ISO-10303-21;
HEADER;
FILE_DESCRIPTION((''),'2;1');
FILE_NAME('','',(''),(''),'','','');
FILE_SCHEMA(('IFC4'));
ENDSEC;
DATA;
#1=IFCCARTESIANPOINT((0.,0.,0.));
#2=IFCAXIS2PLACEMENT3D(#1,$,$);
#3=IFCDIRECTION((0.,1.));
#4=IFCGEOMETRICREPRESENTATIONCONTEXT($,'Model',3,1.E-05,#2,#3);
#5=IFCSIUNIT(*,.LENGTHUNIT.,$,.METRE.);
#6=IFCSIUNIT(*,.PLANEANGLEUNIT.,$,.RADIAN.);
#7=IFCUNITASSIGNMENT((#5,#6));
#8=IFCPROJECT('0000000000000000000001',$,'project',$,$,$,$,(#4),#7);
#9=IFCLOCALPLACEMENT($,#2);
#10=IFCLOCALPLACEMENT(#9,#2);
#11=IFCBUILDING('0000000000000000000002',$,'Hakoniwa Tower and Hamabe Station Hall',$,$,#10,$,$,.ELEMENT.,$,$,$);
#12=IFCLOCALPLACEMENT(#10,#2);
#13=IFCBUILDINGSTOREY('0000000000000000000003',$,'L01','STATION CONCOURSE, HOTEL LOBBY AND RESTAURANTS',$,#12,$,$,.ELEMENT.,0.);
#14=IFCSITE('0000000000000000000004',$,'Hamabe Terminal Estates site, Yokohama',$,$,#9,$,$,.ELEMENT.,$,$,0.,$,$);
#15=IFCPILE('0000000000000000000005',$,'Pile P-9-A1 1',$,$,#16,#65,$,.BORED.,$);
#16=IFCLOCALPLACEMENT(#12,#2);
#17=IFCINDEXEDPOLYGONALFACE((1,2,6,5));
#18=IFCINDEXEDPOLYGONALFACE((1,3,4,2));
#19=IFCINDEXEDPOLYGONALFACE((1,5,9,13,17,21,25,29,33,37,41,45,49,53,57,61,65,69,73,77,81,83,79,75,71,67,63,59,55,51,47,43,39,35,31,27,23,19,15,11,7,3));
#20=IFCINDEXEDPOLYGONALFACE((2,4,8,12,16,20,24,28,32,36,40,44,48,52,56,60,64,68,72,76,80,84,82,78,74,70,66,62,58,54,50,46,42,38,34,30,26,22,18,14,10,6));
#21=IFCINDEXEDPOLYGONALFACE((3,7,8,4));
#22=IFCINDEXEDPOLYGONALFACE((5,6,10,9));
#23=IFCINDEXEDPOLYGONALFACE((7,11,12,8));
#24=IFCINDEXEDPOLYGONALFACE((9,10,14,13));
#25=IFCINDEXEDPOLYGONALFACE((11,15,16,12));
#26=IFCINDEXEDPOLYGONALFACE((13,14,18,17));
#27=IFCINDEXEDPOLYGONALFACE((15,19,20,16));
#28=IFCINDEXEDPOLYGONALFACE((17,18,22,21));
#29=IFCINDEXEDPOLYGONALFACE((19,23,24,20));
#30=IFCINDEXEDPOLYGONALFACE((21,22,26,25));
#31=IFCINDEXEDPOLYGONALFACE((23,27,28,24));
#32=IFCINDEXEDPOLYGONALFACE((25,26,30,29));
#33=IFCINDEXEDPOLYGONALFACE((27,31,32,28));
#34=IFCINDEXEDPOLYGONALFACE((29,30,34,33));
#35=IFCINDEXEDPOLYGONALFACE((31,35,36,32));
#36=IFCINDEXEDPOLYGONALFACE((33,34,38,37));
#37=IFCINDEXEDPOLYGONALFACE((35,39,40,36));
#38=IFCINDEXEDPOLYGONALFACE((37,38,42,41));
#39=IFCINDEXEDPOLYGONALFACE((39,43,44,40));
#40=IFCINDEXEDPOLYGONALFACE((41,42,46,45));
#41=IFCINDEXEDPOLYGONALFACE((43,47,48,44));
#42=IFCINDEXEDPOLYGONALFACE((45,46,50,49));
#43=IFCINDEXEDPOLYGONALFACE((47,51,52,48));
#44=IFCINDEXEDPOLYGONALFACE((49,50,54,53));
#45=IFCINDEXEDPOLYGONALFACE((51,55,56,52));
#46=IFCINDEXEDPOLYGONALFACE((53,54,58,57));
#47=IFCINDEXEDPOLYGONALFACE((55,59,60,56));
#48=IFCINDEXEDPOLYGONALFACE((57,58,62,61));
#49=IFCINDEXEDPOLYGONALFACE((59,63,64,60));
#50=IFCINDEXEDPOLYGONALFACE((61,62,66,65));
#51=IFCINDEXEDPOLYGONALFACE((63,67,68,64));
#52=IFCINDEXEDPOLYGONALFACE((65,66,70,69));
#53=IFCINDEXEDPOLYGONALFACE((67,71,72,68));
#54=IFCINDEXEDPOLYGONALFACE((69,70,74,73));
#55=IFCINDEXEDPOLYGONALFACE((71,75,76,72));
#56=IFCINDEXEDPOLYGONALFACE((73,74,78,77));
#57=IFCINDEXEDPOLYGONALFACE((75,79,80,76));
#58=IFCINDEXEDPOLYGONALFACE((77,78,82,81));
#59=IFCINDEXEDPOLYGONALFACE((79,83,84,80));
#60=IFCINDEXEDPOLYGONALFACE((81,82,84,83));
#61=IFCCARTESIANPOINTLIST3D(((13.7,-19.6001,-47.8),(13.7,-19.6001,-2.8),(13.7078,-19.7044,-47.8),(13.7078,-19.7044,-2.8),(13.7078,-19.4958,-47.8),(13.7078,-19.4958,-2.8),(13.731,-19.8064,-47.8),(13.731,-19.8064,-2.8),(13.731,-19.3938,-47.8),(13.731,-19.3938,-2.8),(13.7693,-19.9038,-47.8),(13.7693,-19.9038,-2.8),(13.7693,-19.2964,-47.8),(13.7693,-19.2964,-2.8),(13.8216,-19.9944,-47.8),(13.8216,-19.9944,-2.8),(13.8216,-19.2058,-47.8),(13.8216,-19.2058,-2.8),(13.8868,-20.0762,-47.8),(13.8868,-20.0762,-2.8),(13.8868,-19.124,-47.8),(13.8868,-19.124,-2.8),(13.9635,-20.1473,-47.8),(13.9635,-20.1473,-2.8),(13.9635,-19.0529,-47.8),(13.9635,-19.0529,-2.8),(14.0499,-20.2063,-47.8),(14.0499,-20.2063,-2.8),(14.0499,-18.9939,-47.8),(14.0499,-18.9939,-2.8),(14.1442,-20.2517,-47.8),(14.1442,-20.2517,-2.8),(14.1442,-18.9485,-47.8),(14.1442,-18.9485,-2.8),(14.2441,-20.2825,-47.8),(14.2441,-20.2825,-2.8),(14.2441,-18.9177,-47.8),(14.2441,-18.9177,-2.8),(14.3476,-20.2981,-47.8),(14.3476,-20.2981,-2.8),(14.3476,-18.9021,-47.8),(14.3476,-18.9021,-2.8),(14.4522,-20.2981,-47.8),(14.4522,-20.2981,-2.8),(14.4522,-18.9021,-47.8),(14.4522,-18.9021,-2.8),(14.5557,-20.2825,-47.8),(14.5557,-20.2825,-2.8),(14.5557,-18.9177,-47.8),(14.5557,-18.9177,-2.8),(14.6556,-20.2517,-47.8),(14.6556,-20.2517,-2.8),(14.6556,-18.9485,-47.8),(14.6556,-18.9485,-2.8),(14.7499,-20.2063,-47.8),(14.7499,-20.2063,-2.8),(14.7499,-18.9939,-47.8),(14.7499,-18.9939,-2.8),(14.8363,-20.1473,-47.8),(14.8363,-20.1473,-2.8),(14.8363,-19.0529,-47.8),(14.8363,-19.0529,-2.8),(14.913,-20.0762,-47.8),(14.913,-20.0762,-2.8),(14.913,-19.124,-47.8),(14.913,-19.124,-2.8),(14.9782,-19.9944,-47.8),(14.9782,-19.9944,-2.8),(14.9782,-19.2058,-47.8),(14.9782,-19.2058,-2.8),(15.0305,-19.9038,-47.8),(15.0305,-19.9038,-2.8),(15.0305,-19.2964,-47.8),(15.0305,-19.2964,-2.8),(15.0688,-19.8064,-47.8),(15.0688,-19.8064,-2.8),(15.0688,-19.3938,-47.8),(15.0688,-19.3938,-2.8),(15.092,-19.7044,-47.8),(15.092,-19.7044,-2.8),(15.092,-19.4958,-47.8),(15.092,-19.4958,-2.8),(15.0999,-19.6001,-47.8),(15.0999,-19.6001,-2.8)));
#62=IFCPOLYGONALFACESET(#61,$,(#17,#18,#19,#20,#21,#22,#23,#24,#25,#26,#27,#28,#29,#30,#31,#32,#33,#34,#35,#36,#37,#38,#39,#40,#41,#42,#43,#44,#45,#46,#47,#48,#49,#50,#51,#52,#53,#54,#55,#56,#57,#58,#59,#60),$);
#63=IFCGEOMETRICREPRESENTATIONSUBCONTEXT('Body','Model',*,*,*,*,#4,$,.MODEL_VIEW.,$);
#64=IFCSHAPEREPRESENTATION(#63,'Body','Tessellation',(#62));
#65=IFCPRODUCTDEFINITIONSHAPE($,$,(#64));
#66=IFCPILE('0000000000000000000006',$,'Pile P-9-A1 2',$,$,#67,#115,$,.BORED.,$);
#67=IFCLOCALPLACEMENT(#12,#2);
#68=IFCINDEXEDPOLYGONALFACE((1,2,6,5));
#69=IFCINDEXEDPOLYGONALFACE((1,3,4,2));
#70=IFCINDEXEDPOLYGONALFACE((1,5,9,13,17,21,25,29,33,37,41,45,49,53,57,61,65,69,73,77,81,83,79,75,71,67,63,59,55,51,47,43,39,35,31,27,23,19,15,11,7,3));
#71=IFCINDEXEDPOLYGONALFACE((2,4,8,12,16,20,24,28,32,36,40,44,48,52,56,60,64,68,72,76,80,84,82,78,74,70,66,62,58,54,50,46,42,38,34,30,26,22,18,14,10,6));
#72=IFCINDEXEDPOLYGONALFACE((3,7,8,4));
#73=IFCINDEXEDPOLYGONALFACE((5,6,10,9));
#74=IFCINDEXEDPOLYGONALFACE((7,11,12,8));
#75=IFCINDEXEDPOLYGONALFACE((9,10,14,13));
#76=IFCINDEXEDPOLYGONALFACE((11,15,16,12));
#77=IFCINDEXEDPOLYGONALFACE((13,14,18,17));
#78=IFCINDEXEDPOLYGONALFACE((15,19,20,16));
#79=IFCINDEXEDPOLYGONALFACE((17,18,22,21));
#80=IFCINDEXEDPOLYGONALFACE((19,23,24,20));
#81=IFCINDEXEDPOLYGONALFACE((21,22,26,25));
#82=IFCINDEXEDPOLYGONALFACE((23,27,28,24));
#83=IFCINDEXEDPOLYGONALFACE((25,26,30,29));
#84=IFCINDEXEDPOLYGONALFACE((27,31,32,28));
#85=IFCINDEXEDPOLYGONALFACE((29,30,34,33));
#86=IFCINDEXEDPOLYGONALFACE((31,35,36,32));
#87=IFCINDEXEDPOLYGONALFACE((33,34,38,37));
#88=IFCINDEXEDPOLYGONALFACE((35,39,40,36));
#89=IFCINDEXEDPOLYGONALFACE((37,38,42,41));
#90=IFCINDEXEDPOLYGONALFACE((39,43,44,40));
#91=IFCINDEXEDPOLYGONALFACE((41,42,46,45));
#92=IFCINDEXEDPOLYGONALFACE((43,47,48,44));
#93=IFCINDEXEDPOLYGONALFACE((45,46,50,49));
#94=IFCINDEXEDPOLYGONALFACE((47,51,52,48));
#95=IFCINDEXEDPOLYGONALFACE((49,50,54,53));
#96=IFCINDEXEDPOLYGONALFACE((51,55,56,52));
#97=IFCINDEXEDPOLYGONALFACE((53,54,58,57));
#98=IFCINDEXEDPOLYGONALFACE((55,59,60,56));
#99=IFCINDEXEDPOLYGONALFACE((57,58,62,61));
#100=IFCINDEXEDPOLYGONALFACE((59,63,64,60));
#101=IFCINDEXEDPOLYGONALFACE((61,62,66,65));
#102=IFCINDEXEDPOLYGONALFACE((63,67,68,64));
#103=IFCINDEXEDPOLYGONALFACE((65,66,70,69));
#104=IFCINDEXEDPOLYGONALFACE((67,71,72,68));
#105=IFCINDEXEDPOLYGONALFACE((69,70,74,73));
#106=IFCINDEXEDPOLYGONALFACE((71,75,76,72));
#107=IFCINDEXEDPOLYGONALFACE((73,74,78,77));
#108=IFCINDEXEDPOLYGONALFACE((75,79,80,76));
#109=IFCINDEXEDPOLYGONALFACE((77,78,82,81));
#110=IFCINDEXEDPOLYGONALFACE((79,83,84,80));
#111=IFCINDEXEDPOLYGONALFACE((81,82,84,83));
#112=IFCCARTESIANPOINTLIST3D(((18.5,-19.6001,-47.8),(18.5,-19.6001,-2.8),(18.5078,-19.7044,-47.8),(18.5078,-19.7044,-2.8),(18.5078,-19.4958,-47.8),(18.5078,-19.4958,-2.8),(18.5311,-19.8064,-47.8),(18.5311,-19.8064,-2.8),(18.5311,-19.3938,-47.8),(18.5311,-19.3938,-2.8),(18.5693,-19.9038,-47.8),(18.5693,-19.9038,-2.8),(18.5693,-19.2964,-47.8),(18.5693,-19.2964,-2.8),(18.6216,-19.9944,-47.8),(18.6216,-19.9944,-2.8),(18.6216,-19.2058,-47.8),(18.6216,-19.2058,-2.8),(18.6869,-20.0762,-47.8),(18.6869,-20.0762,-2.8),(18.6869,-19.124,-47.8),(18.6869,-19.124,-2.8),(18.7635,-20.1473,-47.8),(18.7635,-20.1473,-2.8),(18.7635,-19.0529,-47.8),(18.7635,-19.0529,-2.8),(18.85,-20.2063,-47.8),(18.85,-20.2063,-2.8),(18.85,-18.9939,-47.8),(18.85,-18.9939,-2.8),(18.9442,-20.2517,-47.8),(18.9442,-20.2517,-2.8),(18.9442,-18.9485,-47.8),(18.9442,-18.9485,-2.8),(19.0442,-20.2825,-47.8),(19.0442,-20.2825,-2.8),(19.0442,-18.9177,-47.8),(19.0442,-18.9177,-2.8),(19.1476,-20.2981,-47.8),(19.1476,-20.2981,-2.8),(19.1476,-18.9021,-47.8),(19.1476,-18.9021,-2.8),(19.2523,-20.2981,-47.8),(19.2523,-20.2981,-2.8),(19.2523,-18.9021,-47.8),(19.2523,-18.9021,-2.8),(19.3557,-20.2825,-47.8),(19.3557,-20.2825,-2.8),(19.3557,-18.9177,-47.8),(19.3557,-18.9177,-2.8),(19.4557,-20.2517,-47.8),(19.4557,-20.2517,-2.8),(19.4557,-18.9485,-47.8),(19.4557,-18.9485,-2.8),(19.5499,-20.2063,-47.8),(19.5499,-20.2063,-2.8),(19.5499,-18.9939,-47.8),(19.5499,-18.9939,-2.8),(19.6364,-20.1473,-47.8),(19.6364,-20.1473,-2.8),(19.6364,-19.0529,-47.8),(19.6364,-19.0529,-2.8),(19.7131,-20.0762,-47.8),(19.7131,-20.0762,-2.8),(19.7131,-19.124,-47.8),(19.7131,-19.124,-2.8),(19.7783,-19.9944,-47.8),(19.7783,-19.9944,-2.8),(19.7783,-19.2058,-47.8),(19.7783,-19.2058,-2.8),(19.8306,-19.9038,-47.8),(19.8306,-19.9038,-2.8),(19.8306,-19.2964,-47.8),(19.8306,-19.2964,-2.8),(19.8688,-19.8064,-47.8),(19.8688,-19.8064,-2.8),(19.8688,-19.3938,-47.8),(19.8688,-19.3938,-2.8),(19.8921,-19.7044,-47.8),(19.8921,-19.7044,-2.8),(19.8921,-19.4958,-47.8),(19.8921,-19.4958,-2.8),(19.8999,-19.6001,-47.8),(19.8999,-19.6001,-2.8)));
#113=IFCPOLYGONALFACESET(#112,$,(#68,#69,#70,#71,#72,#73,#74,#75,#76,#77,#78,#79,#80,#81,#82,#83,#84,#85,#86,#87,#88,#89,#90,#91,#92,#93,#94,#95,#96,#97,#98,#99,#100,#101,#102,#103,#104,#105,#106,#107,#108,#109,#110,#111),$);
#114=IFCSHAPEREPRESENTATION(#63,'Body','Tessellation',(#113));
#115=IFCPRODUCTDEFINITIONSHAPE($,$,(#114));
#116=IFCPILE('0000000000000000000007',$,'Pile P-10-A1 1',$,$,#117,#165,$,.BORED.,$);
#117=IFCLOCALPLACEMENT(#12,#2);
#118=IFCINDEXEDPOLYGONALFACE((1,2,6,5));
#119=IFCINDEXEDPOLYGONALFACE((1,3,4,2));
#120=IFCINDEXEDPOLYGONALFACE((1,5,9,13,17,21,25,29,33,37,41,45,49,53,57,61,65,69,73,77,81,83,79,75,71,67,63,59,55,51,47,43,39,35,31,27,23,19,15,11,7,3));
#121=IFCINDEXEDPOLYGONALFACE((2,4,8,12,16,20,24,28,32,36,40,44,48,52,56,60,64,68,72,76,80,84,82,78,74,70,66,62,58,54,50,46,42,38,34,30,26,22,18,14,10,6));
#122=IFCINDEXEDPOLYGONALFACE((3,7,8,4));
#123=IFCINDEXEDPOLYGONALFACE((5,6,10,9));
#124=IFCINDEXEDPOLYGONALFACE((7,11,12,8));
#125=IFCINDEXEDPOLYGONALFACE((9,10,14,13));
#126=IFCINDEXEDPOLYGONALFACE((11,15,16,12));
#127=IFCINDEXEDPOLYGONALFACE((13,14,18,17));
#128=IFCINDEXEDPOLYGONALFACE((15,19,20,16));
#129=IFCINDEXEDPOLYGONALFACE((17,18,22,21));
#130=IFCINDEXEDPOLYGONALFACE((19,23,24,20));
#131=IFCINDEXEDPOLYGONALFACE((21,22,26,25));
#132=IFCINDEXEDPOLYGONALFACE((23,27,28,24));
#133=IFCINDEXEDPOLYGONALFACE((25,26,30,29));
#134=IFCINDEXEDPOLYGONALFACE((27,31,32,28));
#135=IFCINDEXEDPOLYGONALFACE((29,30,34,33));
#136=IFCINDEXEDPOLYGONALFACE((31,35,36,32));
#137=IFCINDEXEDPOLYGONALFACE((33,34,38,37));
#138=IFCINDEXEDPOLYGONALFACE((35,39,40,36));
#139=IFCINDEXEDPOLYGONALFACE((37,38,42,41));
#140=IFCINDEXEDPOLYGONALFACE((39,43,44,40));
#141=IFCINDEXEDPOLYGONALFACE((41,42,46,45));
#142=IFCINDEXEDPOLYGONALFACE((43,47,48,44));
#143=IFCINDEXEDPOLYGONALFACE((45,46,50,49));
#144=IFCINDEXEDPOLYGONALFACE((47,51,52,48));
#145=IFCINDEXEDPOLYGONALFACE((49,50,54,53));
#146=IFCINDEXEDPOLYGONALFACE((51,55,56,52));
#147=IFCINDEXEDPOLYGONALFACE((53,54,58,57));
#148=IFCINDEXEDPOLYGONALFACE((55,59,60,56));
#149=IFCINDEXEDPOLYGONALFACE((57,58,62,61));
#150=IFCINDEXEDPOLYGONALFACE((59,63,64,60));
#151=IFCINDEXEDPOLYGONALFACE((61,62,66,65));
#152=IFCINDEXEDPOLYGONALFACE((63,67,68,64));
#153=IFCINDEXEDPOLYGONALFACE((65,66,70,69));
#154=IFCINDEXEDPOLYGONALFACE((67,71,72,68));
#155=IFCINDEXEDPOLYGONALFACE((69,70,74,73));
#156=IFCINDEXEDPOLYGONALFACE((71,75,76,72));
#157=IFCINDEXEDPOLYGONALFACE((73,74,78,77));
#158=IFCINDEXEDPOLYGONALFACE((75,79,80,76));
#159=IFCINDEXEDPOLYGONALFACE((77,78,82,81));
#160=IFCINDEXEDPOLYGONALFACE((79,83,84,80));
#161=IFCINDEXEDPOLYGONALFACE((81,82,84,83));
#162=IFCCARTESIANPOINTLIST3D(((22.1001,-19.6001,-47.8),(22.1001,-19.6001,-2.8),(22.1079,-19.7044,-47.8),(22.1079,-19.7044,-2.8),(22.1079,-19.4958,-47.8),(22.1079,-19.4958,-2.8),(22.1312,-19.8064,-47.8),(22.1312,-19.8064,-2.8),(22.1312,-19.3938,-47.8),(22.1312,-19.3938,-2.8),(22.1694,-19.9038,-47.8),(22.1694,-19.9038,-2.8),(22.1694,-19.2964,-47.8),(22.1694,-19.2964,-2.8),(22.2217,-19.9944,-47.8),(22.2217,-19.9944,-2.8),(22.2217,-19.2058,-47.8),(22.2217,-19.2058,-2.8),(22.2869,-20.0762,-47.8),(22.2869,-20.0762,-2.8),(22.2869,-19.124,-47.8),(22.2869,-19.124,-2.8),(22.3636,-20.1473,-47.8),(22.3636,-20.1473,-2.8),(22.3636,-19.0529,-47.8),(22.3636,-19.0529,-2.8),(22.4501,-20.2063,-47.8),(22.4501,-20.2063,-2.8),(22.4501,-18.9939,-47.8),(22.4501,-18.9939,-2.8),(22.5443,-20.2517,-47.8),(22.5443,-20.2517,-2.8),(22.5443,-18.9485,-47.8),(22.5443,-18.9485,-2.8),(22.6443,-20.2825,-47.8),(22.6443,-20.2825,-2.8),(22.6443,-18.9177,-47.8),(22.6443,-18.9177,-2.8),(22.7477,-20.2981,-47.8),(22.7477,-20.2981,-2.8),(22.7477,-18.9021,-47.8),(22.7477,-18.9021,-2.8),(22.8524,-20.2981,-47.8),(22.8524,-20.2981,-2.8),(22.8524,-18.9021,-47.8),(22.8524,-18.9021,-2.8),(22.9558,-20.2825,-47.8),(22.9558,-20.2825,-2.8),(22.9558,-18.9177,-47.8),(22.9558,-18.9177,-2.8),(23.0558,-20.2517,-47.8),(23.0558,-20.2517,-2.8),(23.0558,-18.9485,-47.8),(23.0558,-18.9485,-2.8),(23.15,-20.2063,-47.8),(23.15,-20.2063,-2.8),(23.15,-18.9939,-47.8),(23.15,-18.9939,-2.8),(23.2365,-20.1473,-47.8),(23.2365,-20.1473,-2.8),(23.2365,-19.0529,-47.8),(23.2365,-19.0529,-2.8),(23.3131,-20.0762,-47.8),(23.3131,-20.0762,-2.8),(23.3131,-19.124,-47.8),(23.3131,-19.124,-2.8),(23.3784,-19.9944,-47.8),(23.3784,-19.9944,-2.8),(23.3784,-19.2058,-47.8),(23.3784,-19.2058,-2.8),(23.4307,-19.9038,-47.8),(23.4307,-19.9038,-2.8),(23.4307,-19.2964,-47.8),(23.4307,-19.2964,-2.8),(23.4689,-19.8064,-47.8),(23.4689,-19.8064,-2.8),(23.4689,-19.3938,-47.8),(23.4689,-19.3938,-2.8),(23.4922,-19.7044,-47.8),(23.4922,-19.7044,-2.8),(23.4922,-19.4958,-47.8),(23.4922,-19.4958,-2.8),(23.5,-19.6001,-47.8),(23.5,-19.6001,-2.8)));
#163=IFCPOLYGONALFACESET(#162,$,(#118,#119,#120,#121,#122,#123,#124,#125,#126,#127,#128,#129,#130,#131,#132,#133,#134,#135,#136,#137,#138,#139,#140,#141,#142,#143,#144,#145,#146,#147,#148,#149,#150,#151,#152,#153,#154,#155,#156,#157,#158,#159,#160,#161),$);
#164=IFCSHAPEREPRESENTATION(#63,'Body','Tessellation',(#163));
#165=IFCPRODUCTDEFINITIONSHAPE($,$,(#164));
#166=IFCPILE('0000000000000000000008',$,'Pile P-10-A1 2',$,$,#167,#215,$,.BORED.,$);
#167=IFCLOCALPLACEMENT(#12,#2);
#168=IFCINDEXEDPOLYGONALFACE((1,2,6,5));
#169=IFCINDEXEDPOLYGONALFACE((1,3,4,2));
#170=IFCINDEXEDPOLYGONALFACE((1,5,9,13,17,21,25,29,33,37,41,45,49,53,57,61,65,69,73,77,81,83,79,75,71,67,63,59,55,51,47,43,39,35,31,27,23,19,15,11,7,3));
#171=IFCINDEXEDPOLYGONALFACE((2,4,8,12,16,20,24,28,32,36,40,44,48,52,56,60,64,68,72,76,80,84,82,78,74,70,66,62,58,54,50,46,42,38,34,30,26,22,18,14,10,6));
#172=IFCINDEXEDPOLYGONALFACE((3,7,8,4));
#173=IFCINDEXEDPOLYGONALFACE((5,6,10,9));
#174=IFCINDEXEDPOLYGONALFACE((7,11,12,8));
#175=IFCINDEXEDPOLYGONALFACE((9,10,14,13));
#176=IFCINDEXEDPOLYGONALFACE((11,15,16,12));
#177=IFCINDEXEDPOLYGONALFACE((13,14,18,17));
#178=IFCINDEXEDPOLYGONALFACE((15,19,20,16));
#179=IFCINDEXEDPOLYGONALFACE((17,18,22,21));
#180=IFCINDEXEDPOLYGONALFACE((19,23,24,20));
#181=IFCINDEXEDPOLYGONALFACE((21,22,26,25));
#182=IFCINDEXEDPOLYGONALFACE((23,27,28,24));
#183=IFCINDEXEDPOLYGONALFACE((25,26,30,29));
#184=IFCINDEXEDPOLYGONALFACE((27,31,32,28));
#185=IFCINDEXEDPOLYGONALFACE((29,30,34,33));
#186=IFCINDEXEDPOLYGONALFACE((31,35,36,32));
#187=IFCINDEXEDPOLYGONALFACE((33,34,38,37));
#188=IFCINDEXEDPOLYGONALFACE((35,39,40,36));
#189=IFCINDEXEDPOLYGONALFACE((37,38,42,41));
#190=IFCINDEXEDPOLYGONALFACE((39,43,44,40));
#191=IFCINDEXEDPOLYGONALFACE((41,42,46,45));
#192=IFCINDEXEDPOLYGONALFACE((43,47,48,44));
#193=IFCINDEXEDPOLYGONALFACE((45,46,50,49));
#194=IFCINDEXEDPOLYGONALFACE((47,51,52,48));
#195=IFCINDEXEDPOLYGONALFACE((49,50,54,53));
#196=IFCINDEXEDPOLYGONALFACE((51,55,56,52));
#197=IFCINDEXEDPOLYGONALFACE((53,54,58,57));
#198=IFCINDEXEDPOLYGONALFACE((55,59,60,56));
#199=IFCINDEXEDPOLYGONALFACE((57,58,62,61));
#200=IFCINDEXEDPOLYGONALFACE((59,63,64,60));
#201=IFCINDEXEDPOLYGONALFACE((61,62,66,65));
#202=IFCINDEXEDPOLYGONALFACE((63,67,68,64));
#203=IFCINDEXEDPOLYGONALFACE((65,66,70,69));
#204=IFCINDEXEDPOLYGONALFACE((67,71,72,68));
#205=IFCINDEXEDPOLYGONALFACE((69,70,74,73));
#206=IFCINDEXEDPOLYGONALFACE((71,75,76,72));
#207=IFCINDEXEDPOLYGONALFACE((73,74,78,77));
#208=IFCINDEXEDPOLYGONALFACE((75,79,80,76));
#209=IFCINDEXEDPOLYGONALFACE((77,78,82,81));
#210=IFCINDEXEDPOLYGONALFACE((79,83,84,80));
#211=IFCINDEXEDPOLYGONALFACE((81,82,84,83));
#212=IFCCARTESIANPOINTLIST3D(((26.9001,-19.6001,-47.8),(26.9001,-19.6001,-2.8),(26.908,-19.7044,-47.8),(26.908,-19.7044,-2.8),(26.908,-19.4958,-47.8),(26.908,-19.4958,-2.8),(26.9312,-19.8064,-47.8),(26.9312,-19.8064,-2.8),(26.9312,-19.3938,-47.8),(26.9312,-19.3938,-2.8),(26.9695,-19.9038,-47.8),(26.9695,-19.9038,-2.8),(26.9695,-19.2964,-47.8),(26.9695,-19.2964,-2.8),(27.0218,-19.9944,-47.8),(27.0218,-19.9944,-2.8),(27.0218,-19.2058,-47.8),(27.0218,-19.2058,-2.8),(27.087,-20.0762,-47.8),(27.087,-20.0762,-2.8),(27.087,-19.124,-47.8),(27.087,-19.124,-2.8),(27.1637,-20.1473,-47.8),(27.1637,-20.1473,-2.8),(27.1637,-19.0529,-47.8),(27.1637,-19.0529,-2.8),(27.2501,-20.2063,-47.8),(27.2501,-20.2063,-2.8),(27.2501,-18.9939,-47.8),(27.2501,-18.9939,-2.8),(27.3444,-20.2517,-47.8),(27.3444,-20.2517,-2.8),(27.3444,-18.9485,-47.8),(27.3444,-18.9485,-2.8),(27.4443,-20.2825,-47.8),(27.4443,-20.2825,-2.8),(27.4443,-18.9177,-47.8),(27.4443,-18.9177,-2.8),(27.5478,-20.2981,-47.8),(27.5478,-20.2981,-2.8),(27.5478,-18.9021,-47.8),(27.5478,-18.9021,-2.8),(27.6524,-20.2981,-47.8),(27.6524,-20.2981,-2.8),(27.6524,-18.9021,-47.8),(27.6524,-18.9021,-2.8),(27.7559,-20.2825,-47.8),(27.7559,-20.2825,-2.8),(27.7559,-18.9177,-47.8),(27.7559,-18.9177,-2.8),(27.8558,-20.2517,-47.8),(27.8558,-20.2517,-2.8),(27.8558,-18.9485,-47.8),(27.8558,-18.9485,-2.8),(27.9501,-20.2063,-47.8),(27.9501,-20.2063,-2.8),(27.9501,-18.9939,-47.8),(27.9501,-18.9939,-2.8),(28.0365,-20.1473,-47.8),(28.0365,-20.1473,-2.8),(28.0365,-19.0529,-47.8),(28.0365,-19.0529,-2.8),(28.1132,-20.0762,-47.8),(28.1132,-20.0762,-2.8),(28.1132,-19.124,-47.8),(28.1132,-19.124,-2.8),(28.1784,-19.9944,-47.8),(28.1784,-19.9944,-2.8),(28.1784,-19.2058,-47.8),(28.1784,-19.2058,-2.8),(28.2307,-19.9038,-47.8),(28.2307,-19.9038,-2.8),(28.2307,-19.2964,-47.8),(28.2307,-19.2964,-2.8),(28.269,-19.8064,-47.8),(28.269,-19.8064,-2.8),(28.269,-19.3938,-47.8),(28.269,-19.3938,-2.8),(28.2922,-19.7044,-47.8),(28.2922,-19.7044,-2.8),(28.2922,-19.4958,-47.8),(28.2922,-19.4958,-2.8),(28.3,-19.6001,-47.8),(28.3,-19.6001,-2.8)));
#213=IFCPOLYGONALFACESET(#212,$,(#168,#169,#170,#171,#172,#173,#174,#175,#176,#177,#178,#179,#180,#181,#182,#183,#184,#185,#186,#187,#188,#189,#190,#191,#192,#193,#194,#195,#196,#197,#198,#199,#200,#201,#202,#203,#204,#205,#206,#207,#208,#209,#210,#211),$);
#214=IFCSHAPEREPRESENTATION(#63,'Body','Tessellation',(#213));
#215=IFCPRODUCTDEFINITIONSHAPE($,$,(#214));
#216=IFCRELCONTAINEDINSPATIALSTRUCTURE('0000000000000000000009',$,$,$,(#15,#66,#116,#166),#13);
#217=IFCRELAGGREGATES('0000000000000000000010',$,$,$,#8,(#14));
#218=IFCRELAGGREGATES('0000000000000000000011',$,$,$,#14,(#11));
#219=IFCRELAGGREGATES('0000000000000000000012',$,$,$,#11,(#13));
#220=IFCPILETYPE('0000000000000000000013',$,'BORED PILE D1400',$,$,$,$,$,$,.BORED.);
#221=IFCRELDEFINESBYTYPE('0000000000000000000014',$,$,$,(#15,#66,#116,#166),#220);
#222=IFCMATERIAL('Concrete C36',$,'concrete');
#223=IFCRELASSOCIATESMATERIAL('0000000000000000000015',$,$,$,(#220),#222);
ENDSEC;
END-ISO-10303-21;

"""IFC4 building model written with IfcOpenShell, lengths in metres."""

from ifc_helpers import new_model, si_unit, direction, frame, origin, origin_2d, place, context, subcontext, project, spatial, circle, extrude, material, material_profile, profile_set, type_object, element, save


model = new_model("IFC4")

# Units and contexts
model_context = context("Model", 3, precision=1e-05, world=origin(), true_north=direction((0.0, 1.0)))
body_context = subcontext(model_context, "Body", "Model", "MODEL_VIEW")
ifc_project = project(units=[si_unit("LENGTHUNIT", "METRE"), si_unit("PLANEANGLEUNIT", "RADIAN")], contexts=[model_context])

# Site, building, storey
site_placement = place(None, origin())
site = spatial("IfcSite", under=ifc_project, at=site_placement, Name="Hamabe Terminal Estates site, Yokohama", CompositionType="ELEMENT", RefElevation=0.0)
building_placement = place(site_placement, origin())
building = spatial("IfcBuilding", under=site, at=building_placement, Name="Hakoniwa Tower and Hamabe Station Hall", CompositionType="ELEMENT")
storey_placement = place(building_placement, origin())
storey = spatial("IfcBuildingStorey", under=building, at=storey_placement, Name="L01", Description="STATION CONCOURSE, HOTEL LOBBY AND RESTAURANTS", CompositionType="ELEMENT", Elevation=0.0)

# Piles
ifc_material_1 = material(Name="Concrete C36", Category="concrete")
ifc_material_profile_1 = material_profile(ifc_material_1, circle(Radius=0.7, at=origin_2d()), Name="BORED PILE D1400")
ifc_profile_set_1 = profile_set([ifc_material_profile_1], Name="Concrete C36")
pile_type = type_object("IfcPileType", Name="BORED PILE D1400", PredefinedType="BORED", material=ifc_profile_set_1)
for number, where, z_axis, x_axis, name in (
    (1, (14.3999, -19.6001, -2.8), (0.0, 0.0, -1.0), (1.0, 0.0, 0.0), "Pile P-9-A1 1"),
    (2, (19.2, -19.6001, -2.8), (0.0, 0.0, -1.0), (1.0, 0.0, 0.0), "Pile P-9-A1 2"),
    (3, (22.8, -19.6001, -2.8), (0.0, 0.0, -1.0), (1.0, 0.0, 0.0), "Pile P-10-A1 1"),
    (4, (27.6001, -19.6001, -2.8), (0.0, 0.0, -1.0), (1.0, 0.0, 0.0), "Pile P-10-A1 2"),
):
    element("IfcPile", number, at=place(storey_placement, frame(where, z_axis=z_axis, x_axis=x_axis)), inside=storey, type_object=pile_type, Name=name, PredefinedType="BORED", context=body_context, shape_type="SweptSolid", body=[
        extrude(circle(Radius=0.7, at=origin_2d()), origin(), (0.0, 0.0, 1.0), 45.0),
    ])

save(model, "model.ifc")
